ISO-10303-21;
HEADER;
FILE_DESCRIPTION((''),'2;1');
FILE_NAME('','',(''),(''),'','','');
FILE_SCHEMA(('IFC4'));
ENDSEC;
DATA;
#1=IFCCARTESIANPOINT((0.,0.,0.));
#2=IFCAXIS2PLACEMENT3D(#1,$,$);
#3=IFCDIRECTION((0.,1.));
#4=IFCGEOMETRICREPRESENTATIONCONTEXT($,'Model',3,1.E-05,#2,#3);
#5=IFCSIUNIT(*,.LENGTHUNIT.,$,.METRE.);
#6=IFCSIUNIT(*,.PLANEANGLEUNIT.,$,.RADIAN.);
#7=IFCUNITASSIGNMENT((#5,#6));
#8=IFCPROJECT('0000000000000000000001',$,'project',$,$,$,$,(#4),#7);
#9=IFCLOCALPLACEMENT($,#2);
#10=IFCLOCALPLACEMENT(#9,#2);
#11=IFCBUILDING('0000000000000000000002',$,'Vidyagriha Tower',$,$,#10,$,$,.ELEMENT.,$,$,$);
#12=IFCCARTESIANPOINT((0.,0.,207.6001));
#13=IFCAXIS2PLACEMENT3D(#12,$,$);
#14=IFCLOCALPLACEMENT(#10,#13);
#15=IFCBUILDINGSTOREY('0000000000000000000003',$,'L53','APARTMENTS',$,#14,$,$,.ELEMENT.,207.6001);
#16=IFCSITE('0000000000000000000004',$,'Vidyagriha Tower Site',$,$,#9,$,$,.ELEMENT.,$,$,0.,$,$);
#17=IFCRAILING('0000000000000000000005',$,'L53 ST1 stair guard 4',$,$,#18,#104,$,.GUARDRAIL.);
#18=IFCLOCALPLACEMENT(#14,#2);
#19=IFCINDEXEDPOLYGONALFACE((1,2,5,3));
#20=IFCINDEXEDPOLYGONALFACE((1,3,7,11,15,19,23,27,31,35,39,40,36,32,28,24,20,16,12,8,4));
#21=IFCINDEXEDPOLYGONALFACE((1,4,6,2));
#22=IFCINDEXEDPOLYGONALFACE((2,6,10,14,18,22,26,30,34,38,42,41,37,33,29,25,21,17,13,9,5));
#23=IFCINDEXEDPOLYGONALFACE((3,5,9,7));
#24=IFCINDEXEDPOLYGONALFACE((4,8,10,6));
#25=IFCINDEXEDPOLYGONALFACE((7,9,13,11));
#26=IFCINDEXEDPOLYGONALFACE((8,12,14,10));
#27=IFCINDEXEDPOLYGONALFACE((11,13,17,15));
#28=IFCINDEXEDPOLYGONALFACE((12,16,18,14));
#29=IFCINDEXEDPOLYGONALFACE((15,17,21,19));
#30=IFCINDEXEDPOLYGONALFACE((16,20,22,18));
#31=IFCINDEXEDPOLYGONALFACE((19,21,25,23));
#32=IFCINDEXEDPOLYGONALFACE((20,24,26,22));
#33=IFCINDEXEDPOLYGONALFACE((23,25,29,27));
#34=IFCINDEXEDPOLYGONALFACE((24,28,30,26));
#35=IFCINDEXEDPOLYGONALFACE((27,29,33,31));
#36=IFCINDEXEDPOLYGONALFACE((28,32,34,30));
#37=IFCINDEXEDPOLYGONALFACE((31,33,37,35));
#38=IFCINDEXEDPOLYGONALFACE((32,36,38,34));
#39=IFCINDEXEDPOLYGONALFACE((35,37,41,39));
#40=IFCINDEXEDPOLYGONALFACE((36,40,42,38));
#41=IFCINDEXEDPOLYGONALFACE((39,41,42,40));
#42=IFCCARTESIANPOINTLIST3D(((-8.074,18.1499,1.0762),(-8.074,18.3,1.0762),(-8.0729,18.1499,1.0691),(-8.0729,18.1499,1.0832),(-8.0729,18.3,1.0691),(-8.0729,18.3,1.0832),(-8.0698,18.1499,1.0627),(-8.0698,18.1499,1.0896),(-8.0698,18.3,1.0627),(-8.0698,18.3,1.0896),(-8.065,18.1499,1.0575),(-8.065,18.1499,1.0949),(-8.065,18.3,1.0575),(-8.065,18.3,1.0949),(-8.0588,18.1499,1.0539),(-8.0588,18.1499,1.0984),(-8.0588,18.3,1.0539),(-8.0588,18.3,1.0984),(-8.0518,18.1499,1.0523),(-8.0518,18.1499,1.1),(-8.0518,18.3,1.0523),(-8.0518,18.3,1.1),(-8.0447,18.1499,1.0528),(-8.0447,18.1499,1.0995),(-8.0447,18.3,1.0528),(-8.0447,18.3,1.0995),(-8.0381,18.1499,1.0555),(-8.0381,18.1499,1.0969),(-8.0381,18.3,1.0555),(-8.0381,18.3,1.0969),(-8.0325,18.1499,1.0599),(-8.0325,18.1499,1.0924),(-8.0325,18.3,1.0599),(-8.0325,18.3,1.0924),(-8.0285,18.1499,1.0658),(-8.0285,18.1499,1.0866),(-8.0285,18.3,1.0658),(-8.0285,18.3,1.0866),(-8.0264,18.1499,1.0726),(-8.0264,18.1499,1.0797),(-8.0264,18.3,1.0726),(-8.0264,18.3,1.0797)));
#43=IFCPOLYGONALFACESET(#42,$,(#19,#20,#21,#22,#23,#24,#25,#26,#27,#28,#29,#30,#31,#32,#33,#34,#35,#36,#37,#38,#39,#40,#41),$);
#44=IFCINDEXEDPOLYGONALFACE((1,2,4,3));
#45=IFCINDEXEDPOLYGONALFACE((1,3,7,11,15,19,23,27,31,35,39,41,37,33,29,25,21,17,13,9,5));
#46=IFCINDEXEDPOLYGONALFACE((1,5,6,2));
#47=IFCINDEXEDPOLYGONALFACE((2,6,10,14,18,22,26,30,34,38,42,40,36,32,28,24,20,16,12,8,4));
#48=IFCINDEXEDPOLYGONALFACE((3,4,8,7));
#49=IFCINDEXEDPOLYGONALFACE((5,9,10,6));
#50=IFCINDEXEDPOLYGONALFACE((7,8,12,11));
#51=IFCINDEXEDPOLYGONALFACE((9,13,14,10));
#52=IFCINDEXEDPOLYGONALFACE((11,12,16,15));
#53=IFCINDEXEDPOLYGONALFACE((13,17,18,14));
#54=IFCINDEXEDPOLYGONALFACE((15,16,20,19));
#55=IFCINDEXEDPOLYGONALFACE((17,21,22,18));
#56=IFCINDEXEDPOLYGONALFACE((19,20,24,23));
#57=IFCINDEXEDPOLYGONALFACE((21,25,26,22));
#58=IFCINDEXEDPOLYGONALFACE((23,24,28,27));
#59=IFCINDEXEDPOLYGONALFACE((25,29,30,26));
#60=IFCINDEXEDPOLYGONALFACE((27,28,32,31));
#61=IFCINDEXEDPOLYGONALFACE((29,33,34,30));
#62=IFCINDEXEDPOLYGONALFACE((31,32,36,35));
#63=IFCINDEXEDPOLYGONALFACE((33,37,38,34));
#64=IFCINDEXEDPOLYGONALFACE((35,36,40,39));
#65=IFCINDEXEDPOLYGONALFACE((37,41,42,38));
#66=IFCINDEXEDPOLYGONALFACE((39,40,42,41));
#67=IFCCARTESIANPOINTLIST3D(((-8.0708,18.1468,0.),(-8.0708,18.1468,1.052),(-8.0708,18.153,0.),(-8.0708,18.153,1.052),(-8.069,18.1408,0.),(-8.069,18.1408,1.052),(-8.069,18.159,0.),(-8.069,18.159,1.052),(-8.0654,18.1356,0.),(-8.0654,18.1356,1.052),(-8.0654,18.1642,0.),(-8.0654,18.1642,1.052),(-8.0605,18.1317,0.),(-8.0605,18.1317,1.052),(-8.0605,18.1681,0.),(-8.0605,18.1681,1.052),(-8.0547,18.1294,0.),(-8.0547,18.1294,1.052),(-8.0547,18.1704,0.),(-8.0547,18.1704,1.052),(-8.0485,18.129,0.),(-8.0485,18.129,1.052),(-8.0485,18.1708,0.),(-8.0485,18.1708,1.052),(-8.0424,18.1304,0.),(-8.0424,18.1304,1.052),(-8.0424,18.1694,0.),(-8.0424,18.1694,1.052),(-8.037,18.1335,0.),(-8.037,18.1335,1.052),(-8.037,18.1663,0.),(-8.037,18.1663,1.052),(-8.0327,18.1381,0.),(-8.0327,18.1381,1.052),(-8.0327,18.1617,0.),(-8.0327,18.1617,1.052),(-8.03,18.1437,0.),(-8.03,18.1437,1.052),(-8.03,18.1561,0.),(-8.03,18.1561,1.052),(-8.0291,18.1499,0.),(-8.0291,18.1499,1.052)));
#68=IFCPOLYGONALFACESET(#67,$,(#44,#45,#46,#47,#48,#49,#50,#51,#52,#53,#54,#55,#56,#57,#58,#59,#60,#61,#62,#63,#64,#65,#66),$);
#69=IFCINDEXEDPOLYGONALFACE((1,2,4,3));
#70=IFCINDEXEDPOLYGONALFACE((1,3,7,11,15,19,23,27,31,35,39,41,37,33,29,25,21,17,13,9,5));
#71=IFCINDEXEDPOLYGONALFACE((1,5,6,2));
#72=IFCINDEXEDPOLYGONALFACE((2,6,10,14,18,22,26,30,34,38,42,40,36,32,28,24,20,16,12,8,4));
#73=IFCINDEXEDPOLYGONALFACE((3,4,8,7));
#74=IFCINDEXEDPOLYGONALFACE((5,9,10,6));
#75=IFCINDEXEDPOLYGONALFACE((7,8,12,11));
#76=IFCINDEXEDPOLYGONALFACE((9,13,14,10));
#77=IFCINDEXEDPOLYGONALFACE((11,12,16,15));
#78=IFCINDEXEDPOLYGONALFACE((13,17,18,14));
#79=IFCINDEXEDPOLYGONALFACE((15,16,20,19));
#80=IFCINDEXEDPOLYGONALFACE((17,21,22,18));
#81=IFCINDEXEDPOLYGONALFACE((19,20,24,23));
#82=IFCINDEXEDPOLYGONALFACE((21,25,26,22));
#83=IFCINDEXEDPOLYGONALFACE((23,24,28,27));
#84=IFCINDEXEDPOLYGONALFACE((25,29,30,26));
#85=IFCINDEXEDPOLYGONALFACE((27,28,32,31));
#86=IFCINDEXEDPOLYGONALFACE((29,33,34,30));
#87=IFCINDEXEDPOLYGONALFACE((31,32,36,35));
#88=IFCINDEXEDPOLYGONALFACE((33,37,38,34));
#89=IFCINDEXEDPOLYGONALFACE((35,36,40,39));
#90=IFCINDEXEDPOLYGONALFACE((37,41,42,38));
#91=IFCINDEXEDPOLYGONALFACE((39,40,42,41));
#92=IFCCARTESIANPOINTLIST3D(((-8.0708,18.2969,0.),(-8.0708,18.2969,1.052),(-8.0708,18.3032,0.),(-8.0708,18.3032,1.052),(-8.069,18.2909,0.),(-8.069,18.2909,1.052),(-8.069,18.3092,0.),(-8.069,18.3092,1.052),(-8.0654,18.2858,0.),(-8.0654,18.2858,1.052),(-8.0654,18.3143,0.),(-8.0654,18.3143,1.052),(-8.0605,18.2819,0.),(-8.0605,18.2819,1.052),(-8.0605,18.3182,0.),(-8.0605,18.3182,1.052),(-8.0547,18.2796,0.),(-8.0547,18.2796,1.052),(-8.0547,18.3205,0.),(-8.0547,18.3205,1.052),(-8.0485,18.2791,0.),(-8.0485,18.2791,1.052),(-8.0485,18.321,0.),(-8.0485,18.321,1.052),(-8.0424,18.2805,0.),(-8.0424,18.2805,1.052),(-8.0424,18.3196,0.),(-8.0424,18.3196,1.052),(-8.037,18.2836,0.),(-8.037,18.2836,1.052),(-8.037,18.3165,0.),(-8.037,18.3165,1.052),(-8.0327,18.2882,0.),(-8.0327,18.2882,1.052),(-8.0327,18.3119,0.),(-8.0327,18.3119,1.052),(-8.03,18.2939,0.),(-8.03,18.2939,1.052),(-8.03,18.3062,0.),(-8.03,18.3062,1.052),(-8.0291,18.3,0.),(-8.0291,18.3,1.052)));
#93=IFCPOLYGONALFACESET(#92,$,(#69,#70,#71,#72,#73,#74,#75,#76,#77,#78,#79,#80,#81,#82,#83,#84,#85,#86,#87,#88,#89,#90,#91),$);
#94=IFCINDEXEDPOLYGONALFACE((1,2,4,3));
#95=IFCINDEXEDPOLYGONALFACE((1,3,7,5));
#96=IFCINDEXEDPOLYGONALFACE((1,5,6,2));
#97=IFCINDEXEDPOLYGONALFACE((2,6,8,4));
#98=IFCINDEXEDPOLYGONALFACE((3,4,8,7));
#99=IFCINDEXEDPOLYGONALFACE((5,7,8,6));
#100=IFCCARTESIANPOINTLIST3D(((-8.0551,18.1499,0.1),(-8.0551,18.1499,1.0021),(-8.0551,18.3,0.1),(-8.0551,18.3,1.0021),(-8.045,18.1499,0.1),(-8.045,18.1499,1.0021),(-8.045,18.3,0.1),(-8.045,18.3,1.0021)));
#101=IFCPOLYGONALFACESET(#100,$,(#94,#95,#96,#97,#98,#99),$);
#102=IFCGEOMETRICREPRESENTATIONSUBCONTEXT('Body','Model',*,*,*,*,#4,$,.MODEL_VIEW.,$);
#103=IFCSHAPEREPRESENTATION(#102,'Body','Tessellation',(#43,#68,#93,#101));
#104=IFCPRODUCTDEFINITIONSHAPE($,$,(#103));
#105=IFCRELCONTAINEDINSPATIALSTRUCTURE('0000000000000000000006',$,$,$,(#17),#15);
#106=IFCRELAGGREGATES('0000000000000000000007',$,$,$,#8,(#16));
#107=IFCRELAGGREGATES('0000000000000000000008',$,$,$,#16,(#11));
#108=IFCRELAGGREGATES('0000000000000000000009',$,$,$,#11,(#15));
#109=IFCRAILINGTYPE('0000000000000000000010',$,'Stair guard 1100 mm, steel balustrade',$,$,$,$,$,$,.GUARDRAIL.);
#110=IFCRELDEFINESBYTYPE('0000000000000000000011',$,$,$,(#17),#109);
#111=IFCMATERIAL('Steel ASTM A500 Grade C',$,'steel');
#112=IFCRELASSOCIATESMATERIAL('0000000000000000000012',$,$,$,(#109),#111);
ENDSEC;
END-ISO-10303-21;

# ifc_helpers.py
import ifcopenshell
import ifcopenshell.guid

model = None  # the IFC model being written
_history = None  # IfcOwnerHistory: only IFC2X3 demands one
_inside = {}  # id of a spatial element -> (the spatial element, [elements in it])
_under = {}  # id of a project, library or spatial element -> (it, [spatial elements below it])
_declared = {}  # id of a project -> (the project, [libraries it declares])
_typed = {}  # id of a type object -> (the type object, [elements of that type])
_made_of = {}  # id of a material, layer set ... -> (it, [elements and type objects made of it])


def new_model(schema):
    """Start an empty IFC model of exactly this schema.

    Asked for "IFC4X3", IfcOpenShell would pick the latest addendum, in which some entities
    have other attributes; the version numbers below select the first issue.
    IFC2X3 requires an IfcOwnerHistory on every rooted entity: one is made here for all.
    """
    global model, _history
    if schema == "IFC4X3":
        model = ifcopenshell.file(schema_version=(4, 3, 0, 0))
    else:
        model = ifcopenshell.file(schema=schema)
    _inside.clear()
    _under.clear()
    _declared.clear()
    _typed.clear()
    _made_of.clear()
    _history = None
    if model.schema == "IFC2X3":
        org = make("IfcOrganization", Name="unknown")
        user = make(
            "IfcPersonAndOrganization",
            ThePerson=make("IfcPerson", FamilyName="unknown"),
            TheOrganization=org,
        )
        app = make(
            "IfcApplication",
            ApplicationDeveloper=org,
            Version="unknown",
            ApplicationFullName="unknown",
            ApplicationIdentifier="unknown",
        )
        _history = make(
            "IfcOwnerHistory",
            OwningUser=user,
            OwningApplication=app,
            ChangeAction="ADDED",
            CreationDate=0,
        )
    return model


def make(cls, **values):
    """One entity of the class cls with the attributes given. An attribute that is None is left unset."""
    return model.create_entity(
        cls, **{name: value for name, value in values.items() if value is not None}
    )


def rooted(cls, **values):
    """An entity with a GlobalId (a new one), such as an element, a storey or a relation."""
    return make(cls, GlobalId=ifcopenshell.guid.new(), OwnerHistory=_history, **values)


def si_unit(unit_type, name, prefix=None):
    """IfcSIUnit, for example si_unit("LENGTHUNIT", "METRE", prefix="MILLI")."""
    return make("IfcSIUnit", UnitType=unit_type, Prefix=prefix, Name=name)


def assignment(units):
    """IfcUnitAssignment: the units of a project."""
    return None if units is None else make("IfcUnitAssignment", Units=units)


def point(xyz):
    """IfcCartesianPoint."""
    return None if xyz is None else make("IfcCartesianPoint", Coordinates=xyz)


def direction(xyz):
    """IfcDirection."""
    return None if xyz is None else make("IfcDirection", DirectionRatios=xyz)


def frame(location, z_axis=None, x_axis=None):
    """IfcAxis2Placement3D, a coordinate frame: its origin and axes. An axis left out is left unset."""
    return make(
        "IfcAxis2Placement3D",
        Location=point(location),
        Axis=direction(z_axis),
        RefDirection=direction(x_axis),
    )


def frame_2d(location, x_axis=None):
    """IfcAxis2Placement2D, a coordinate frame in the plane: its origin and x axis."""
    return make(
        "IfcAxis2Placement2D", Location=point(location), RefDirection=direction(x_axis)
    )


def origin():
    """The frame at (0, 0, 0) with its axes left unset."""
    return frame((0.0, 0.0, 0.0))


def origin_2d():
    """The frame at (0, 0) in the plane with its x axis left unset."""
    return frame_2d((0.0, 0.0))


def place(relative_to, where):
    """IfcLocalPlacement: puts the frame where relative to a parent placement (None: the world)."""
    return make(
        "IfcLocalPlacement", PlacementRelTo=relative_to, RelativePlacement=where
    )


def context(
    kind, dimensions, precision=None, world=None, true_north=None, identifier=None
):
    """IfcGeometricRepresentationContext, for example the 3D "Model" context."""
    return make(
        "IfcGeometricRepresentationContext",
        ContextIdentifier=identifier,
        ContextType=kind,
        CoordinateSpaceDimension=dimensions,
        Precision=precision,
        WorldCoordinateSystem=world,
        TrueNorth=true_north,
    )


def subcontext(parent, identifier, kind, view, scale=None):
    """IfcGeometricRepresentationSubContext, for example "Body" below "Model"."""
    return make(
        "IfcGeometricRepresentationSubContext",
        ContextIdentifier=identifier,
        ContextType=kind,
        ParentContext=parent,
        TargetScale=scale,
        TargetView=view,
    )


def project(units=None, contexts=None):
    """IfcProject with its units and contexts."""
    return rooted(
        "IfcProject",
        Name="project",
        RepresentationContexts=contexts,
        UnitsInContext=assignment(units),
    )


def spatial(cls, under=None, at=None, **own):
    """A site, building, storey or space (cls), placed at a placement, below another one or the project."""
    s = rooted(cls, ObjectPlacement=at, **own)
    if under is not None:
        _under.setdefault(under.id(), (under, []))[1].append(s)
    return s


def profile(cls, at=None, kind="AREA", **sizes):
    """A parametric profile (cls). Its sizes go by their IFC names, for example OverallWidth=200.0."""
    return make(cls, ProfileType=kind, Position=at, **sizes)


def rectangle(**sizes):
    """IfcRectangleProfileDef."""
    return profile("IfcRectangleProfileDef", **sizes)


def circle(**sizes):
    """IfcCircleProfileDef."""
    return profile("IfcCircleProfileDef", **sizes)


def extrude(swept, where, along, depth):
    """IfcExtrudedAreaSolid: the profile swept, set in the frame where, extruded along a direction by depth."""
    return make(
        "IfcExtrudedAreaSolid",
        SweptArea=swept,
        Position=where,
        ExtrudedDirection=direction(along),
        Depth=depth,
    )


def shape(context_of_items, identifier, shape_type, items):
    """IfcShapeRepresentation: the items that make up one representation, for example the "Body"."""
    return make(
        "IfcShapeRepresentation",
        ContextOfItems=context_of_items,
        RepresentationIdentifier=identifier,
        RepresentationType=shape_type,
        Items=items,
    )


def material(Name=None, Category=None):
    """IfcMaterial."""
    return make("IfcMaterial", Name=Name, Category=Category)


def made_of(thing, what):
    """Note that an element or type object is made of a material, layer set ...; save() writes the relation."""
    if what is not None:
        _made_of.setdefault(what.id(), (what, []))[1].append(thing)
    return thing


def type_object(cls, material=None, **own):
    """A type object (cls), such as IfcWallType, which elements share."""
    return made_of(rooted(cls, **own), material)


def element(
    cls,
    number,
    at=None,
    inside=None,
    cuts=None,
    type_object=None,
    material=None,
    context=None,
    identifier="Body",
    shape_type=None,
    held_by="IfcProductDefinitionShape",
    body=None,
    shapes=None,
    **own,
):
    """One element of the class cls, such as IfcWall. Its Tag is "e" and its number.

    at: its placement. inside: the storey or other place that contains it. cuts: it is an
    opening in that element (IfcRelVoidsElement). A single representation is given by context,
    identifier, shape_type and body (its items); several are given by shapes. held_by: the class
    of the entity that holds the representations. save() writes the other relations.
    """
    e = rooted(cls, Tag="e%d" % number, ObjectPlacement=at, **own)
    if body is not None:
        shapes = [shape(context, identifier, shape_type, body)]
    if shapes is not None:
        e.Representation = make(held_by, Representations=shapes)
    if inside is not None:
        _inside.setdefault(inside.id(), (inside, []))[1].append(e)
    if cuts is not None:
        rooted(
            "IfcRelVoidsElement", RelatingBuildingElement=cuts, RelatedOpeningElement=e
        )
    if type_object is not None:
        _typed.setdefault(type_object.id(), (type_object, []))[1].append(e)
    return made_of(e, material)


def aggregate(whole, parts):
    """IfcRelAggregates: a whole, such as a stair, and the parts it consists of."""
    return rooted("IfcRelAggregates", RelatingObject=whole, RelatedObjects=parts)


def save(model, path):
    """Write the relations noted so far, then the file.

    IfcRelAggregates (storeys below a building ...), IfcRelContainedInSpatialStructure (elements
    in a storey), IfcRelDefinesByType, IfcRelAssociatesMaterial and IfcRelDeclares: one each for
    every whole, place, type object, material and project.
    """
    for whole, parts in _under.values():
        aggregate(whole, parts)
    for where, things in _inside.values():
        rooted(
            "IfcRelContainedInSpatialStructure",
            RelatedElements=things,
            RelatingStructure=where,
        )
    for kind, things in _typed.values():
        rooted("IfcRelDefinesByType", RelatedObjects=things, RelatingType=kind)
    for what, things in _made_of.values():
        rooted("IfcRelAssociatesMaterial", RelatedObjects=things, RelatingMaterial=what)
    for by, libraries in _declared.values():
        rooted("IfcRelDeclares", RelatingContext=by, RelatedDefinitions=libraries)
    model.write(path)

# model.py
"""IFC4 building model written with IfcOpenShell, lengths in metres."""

from ifc_helpers import new_model, si_unit, direction, frame, origin, origin_2d, place, context, subcontext, project, spatial, rectangle, circle, extrude, material, type_object, element, save


model = new_model("IFC4")

# Units and contexts
model_context = context("Model", 3, precision=1e-05, world=origin(), true_north=direction((0.0, 1.0)))
body_context = subcontext(model_context, "Body", "Model", "MODEL_VIEW")
ifc_project = project(units=[si_unit("LENGTHUNIT", "METRE"), si_unit("PLANEANGLEUNIT", "RADIAN")], contexts=[model_context])

# Site, building, storey
site_placement = place(None, origin())
site = spatial("IfcSite", under=ifc_project, at=site_placement, Name="Vidyagriha Tower Site", CompositionType="ELEMENT", RefElevation=0.0)
building_placement = place(site_placement, origin())
building = spatial("IfcBuilding", under=site, at=building_placement, Name="Vidyagriha Tower", CompositionType="ELEMENT")
storey_placement = place(building_placement, frame((0.0, 0.0, 207.6001)))
storey = spatial("IfcBuildingStorey", under=building, at=storey_placement, Name="L53", Description="APARTMENTS", CompositionType="ELEMENT", Elevation=207.6001)

# Railing
ifc_material_1 = material(Name="Steel ASTM A500 Grade C", Category="steel")
railing_type_1 = type_object("IfcRailingType", Name="Stair guard 1100 mm, steel balustrade", PredefinedType="GUARDRAIL", material=ifc_material_1)
railing_1_placement = place(storey_placement, frame((-8.05, 18.1499, 0.0)))
element("IfcRailing", 1, at=railing_1_placement, inside=storey, type_object=railing_type_1, Name="L53 ST1 stair guard 4", PredefinedType="GUARDRAIL", context=body_context, shape_type="SweptSolid", body=[
    extrude(circle(Radius=0.0239, at=origin_2d()), frame((0.0, 0.0, 1.0762), z_axis=(0.0, 1.0, 0.0), x_axis=(-1.0, 0.0, 0.0)), (0.0, 0.0, 1.0), 0.1501),
    extrude(circle(Radius=0.021, at=origin_2d()), origin(), (0.0, 0.0, 1.0), 1.052),
    extrude(circle(Radius=0.021, at=origin_2d()), frame((0.0, 0.1501, 0.0)), (0.0, 0.0, 1.0), 1.052),
    extrude(rectangle(XDim=0.01, YDim=0.9021, at=origin_2d()), frame((0.0, 0.0, 0.551), z_axis=(0.0, 1.0, 0.0), x_axis=(-1.0, 0.0, 0.0)), (0.0, 0.0, 1.0), 0.1501),
])

save(model, "model.ifc")
